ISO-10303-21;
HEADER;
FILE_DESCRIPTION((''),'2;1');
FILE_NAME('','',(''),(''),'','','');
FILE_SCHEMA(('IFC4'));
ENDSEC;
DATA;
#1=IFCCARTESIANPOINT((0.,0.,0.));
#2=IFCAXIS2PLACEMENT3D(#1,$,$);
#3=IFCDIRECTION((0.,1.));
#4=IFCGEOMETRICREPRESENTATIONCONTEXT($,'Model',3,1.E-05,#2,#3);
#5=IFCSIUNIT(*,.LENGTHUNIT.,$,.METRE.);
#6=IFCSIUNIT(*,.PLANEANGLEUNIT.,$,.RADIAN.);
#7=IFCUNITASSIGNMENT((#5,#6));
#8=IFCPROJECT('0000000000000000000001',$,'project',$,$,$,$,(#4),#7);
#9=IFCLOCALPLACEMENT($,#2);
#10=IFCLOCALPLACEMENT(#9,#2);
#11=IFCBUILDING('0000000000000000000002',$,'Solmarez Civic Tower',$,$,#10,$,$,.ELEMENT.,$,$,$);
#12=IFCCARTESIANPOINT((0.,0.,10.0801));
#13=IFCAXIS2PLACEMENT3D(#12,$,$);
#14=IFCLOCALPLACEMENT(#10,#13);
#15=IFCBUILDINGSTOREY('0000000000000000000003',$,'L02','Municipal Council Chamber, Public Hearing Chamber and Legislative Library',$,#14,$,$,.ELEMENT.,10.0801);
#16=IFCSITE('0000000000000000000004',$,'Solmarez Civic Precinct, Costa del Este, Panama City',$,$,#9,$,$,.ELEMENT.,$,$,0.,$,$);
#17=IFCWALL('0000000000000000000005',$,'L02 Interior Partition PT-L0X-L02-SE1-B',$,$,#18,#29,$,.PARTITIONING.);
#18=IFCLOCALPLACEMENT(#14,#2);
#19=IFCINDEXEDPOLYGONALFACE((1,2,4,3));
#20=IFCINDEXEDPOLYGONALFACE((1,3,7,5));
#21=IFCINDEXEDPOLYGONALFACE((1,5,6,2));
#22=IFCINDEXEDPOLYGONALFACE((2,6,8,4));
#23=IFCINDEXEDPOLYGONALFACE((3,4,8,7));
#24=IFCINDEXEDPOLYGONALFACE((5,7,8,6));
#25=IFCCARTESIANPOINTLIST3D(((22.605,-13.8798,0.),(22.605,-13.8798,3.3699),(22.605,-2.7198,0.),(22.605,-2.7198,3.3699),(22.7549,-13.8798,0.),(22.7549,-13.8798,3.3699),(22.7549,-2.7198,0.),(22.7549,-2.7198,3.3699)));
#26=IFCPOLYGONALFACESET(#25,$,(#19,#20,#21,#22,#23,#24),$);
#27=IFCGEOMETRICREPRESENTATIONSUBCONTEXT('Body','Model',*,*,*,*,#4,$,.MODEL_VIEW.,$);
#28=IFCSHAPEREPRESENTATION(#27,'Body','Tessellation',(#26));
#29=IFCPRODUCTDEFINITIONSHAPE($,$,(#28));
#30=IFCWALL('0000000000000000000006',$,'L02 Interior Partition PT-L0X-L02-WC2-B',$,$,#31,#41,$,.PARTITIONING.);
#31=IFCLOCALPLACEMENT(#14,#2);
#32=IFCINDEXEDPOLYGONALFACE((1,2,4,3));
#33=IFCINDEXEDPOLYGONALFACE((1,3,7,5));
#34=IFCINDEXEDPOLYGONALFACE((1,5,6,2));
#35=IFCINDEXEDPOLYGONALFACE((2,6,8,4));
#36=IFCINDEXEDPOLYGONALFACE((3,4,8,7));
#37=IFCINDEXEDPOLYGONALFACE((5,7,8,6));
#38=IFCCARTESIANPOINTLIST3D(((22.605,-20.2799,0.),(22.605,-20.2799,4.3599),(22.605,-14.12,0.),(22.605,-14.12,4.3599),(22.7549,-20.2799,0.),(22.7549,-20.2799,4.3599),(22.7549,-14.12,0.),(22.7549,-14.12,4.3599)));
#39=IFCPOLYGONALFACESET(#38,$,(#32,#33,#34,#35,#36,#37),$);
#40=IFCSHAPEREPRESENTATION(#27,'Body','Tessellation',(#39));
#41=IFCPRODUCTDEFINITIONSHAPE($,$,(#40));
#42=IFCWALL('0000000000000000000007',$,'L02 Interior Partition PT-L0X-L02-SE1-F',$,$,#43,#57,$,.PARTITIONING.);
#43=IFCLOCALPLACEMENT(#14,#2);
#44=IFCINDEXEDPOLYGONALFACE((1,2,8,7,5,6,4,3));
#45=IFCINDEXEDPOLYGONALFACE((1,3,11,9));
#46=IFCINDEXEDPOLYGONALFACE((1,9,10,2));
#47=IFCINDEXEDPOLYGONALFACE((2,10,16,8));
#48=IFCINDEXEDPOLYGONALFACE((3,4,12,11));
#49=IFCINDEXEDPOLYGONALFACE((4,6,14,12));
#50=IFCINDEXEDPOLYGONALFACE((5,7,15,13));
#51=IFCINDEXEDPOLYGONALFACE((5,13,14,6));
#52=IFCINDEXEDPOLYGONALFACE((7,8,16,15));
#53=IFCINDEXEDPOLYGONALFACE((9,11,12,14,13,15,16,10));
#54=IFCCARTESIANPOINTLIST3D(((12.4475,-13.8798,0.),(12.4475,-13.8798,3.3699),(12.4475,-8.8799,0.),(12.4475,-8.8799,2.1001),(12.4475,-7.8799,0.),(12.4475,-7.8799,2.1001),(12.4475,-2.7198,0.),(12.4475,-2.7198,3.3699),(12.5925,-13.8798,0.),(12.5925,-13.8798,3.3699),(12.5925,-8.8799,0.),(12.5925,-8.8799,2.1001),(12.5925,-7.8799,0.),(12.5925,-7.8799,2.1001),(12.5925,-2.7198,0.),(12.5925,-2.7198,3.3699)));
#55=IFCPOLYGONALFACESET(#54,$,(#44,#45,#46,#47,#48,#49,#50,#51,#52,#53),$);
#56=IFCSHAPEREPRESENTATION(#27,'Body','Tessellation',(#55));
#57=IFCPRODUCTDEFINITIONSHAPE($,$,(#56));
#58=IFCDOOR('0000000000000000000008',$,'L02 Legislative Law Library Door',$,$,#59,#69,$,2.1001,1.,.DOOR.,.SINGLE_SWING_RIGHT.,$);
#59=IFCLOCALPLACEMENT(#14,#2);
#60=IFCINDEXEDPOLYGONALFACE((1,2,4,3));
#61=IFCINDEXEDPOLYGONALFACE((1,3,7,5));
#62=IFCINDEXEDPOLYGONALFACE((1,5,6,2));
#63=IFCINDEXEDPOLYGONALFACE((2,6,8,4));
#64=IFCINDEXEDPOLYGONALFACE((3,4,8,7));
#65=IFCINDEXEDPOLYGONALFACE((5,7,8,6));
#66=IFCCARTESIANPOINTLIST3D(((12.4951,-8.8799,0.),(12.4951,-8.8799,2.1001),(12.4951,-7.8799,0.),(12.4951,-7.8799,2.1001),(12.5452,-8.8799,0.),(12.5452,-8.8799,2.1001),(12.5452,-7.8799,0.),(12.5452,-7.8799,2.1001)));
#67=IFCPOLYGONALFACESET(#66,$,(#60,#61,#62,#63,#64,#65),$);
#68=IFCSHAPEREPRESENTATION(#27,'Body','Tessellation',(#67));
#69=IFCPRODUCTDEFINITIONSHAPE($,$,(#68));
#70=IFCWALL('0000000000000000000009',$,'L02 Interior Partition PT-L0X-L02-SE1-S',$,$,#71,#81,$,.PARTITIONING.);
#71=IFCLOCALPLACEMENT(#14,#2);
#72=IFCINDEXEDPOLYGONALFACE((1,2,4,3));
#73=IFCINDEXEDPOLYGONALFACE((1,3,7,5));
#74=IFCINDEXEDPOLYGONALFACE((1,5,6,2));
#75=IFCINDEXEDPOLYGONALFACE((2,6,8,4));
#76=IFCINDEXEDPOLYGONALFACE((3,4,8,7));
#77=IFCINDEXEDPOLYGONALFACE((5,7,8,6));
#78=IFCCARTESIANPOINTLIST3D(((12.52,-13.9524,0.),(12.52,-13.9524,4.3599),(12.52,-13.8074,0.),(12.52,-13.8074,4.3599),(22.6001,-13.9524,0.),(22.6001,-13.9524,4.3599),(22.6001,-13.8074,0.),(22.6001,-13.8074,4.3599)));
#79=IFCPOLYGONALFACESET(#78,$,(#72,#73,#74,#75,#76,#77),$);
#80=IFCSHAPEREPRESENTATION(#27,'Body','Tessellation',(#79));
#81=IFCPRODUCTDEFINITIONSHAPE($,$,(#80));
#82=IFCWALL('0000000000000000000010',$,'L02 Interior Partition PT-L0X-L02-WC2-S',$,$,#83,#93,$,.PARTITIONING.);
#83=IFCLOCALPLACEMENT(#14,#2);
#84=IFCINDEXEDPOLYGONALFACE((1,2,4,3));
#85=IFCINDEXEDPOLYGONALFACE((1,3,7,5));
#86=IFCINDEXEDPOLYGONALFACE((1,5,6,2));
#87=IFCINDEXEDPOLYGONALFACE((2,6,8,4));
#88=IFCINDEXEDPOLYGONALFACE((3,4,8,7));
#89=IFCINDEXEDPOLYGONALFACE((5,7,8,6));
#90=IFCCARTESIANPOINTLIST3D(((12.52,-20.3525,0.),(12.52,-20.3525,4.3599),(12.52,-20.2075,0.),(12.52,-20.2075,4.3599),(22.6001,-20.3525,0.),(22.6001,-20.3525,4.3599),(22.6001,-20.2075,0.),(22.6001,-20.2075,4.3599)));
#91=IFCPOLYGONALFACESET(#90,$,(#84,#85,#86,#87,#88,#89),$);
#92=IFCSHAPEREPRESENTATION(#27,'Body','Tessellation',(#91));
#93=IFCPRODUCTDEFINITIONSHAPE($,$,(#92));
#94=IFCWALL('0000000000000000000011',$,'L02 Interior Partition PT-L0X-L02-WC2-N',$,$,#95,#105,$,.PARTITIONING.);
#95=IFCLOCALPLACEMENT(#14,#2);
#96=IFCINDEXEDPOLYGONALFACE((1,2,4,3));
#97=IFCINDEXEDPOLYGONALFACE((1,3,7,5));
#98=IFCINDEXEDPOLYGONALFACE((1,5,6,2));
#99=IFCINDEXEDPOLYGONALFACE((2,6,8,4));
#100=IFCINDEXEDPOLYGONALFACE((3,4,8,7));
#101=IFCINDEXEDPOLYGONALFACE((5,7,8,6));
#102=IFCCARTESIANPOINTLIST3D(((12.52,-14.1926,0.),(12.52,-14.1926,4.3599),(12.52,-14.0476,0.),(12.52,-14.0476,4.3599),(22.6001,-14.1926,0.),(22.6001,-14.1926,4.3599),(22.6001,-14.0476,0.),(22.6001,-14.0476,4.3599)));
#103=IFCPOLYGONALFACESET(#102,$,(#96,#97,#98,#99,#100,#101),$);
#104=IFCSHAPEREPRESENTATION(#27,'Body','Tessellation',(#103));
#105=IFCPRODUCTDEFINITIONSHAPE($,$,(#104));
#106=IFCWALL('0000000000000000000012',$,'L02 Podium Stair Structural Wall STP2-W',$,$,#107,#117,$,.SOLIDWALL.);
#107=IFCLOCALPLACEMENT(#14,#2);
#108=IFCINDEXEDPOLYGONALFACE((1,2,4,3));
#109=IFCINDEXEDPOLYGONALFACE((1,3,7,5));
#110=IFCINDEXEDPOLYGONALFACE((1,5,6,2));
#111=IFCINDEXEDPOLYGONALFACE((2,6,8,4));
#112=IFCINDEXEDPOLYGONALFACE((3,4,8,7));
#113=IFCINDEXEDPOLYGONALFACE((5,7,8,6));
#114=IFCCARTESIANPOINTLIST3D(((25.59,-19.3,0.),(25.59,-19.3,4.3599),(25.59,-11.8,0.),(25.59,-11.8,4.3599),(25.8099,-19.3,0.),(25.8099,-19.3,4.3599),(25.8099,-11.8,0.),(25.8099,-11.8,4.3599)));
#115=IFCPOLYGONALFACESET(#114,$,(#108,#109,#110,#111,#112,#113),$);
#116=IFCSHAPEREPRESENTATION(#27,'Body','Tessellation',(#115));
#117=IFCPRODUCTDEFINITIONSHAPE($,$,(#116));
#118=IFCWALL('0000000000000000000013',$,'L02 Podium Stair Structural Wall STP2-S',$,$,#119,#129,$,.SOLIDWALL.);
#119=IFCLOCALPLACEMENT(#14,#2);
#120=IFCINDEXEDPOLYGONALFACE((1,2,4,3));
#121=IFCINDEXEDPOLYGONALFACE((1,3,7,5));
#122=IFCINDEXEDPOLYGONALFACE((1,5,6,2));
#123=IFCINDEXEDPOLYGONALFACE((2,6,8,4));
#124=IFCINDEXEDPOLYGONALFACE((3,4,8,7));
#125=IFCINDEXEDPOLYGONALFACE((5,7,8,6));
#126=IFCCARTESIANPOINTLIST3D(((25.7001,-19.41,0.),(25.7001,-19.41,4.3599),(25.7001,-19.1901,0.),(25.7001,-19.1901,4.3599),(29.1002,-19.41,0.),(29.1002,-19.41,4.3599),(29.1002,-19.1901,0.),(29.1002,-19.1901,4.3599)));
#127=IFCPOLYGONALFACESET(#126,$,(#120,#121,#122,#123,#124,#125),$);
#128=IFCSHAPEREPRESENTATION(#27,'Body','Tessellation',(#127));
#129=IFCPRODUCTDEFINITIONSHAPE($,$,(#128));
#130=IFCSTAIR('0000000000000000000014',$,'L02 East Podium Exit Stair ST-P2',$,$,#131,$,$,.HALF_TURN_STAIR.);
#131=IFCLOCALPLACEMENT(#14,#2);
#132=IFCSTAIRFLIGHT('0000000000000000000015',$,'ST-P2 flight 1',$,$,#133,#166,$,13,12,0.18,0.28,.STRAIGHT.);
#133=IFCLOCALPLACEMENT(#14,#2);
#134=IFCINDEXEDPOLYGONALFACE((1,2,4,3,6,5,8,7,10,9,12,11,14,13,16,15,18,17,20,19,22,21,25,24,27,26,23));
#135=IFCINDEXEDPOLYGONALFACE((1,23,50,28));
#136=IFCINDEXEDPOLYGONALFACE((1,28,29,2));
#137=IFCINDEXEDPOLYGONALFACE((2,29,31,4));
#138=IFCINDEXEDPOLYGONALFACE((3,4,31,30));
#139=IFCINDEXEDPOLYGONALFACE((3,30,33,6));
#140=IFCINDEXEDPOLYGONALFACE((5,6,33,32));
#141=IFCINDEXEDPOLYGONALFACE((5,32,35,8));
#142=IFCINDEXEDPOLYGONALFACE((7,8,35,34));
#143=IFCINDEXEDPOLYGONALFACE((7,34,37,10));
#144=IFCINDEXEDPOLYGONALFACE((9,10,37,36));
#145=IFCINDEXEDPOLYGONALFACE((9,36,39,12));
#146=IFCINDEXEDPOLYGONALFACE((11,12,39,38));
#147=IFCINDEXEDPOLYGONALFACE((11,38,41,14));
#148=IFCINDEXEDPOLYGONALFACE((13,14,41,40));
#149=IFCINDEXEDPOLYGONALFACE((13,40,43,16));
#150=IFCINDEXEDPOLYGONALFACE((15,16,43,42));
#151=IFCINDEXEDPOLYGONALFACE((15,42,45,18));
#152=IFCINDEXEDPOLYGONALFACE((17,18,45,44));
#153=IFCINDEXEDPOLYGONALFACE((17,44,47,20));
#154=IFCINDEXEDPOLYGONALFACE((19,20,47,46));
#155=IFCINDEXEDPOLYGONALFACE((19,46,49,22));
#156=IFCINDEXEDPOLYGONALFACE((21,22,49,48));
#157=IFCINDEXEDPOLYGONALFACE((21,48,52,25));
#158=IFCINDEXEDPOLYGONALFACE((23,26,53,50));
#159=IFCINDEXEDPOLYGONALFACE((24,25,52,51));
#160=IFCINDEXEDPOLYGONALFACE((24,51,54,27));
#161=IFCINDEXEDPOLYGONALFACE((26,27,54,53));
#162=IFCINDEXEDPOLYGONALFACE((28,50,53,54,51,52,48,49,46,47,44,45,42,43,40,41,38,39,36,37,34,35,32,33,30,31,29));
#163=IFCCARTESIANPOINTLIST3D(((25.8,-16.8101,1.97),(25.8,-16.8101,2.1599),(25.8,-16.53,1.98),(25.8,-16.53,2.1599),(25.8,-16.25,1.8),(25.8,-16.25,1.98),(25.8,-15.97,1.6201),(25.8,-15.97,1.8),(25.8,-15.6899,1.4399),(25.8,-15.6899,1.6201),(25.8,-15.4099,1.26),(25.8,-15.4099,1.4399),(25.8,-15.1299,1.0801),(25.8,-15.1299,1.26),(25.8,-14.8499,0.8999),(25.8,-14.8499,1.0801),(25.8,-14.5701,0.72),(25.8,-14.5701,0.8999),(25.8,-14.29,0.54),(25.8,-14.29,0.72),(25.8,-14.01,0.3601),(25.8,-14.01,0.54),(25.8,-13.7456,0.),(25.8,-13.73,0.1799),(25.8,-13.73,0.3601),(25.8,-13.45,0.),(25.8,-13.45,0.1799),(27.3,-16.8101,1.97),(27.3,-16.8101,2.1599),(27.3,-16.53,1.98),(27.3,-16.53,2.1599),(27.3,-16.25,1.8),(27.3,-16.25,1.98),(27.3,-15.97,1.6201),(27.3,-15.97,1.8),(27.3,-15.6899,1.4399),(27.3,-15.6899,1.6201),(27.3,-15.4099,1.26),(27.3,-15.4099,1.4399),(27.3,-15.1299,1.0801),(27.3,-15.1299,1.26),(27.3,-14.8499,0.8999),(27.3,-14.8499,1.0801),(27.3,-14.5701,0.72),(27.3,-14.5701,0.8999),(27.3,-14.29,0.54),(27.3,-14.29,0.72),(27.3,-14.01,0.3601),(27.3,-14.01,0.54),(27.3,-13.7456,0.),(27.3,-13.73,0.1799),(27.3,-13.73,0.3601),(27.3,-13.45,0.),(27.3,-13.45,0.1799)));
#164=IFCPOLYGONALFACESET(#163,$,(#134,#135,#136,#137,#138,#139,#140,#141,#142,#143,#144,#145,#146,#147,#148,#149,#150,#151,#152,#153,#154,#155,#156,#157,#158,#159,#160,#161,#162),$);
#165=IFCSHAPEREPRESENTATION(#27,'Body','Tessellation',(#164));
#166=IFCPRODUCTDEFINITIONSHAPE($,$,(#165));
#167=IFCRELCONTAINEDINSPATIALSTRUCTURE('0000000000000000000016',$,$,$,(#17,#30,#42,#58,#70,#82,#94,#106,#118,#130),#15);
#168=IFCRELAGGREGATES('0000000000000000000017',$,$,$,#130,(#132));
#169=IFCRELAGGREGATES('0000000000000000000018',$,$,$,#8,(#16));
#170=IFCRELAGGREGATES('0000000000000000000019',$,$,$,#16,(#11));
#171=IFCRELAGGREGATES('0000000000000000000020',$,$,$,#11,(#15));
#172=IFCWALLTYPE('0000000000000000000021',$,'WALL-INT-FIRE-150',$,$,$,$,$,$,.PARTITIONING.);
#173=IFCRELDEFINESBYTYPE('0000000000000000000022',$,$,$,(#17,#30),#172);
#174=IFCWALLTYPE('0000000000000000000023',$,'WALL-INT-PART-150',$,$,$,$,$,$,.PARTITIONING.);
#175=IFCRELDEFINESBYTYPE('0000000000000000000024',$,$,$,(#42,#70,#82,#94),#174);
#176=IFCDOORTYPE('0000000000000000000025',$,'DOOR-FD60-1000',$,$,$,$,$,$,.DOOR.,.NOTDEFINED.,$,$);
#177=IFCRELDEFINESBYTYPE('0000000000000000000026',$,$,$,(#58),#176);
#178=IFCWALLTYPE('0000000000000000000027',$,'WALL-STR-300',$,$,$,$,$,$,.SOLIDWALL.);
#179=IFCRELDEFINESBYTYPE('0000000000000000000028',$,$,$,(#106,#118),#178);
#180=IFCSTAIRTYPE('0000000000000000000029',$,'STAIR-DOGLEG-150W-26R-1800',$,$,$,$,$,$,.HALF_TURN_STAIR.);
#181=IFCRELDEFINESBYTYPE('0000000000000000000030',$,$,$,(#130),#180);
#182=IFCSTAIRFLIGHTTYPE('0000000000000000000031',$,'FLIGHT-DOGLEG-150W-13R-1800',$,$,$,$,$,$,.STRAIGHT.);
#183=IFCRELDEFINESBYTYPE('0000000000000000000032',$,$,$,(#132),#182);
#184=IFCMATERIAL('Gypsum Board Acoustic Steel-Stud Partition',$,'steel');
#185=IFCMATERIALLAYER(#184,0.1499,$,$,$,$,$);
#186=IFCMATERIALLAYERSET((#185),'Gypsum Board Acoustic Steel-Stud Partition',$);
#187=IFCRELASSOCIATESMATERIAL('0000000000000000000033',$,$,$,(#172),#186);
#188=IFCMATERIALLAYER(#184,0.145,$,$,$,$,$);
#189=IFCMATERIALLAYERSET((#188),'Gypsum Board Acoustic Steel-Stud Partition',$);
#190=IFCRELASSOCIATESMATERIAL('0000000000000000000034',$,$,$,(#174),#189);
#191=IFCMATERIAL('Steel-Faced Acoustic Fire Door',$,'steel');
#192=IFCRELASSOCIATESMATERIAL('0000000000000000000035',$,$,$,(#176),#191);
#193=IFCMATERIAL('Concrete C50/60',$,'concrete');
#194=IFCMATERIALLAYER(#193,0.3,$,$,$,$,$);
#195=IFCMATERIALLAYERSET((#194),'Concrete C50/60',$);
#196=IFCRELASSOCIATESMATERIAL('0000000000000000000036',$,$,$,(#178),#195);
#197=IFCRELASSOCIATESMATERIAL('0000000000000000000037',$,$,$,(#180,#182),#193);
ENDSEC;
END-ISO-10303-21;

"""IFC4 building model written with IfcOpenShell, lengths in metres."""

from ifc_helpers import new_model, si_unit, direction, frame, frame_2d, origin, place, context, subcontext, project, spatial, polyline, rectangle, outline, extrude, material, layer, layer_set, type_object, element, fill, aggregate, save


model = new_model("IFC4")

# Units and contexts
model_context = context("Model", 3, precision=1e-05, world=origin(), true_north=direction((0.0, 1.0)))
body_context = subcontext(model_context, "Body", "Model", "MODEL_VIEW")
ifc_project = project(units=[si_unit("LENGTHUNIT", "METRE"), si_unit("PLANEANGLEUNIT", "RADIAN")], contexts=[model_context])

# Site, building, storey
site_placement = place(None, origin())
site = spatial("IfcSite", under=ifc_project, at=site_placement, Name="Solmarez Civic Precinct, Costa del Este, Panama City", CompositionType="ELEMENT", RefElevation=0.0)
building_placement = place(site_placement, origin())
building = spatial("IfcBuilding", under=site, at=building_placement, Name="Solmarez Civic Tower", CompositionType="ELEMENT")
storey_placement = place(building_placement, frame((0.0, 0.0, 10.0801)))
storey = spatial("IfcBuildingStorey", under=building, at=storey_placement, Name="L02", Description="Municipal Council Chamber, Public Hearing Chamber and Legislative Library", CompositionType="ELEMENT", Elevation=10.0801)

# Shared definitions
ifc_material_1 = material(Name="Concrete C50/60", Category="concrete")

# Walls
ifc_material_2 = material(Name="Gypsum Board Acoustic Steel-Stud Partition", Category="steel")
ifc_layer_1 = layer(ifc_material_2, 0.1499)
ifc_layer_set_1 = layer_set([ifc_layer_1], Name="Gypsum Board Acoustic Steel-Stud Partition")
wall_type_1 = type_object("IfcWallType", Name="WALL-INT-FIRE-150", PredefinedType="PARTITIONING", material=ifc_layer_set_1)
wall_1_placement = place(storey_placement, frame((22.6799, -13.8799, 0.0), z_axis=(0.0, 0.0, 1.0), x_axis=(0.0, 1.0, 0.0)))
element("IfcWall", 1, at=wall_1_placement, inside=storey, type_object=wall_type_1, Name="L02 Interior Partition PT-L0X-L02-SE1-B", PredefinedType="PARTITIONING", context=body_context, shape_type="SweptSolid", body=[
    extrude(rectangle(XDim=11.1599, YDim=0.1499, at=frame_2d((5.5801, 0.0))), origin(), (0.0, 0.0, 1.0), 3.3699),
])
wall_2_placement = place(storey_placement, frame((22.6799, -20.28, 0.0), z_axis=(0.0, 0.0, 1.0), x_axis=(0.0, 1.0, 0.0)))
element("IfcWall", 2, at=wall_2_placement, inside=storey, type_object=wall_type_1, Name="L02 Interior Partition PT-L0X-L02-WC2-B", PredefinedType="PARTITIONING", context=body_context, shape_type="SweptSolid", body=[
    extrude(rectangle(XDim=6.1599, YDim=0.1499, at=frame_2d((3.0801, 0.0))), origin(), (0.0, 0.0, 1.0), 4.3599),
])

# Wall, opening, door
ifc_layer_2 = layer(ifc_material_2, 0.145)
ifc_layer_set_2 = layer_set([ifc_layer_2], Name="Gypsum Board Acoustic Steel-Stud Partition")
wall_type_2 = type_object("IfcWallType", Name="WALL-INT-PART-150", PredefinedType="PARTITIONING", material=ifc_layer_set_2)
wall_3_placement = place(storey_placement, frame((12.52, -13.8799, 0.0), z_axis=(0.0, 0.0, 1.0), x_axis=(0.0, 1.0, 0.0)))
wall_3 = element("IfcWall", 3, at=wall_3_placement, inside=storey, type_object=wall_type_2, Name="L02 Interior Partition PT-L0X-L02-SE1-F", PredefinedType="PARTITIONING", context=body_context, shape_type="SweptSolid", body=[
    extrude(rectangle(XDim=11.1599, YDim=0.145, at=frame_2d((5.5801, 0.0))), origin(), (0.0, 0.0, 1.0), 3.3699),
])
opening_placement = place(wall_3_placement, frame((5.0, 0.0, 0.0)))
opening = element("IfcOpeningElement", 4, at=opening_placement, cuts=wall_3, PredefinedType="OPENING", context=body_context, shape_type="SweptSolid", body=[
    extrude(rectangle(XDim=1.0, YDim=2.1001, at=frame_2d((0.5, 1.05))), frame((0.0, 0.0825, 0.0), z_axis=(0.0, -1.0, 0.0), x_axis=(1.0, 0.0, 0.0)), (0.0, 0.0, 1.0), 0.165),
])
ifc_material_3 = material(Name="Steel-Faced Acoustic Fire Door", Category="steel")
door_type = type_object("IfcDoorType", Name="DOOR-FD60-1000", OperationType="NOTDEFINED", PredefinedType="DOOR", material=ifc_material_3)
door_placement = place(opening_placement, origin())
door = element("IfcDoor", 5, at=door_placement, inside=storey, type_object=door_type, Name="L02 Legislative Law Library Door", OperationType="SINGLE_SWING_RIGHT", OverallHeight=2.1001, OverallWidth=1.0, PredefinedType="DOOR", context=body_context, shape_type="SweptSolid", body=[
    extrude(rectangle(XDim=1.0, YDim=2.1001, at=frame_2d((0.5, 1.05))), frame((0.0, 0.0249, 0.0), z_axis=(0.0, -1.0, 0.0), x_axis=(1.0, 0.0, 0.0)), (0.0, 0.0, 1.0), 0.05),
])
fill(opening, door)

# Walls
for number, where, z_axis, x_axis, name in (
    (6, (12.52, -13.8799, 0.0), (0.0, 0.0, 1.0), (1.0, 0.0, 0.0), "L02 Interior Partition PT-L0X-L02-SE1-S"),
    (7, (12.52, -20.28, 0.0), (0.0, 0.0, 1.0), (1.0, 0.0, 0.0), "L02 Interior Partition PT-L0X-L02-WC2-S"),
    (8, (12.52, -14.1201, 0.0), (0.0, 0.0, 1.0), (1.0, 0.0, 0.0), "L02 Interior Partition PT-L0X-L02-WC2-N"),
):
    element("IfcWall", number, at=place(storey_placement, frame(where, z_axis=z_axis, x_axis=x_axis)), inside=storey, type_object=wall_type_2, Name=name, PredefinedType="PARTITIONING", context=body_context, shape_type="SweptSolid", body=[
        extrude(rectangle(XDim=10.0801, YDim=0.145, at=frame_2d((5.04, 0.0))), origin(), (0.0, 0.0, 1.0), 4.3599),
    ])
ifc_layer_3 = layer(ifc_material_1, 0.3)
ifc_layer_set_3 = layer_set([ifc_layer_3], Name="Concrete C50/60")
wall_type_3 = type_object("IfcWallType", Name="WALL-STR-300", PredefinedType="SOLIDWALL", material=ifc_layer_set_3)
wall_4_placement = place(storey_placement, frame((25.7, -19.3, 0.0), z_axis=(0.0, 0.0, 1.0), x_axis=(0.0, 1.0, 0.0)))
element("IfcWall", 9, at=wall_4_placement, inside=storey, type_object=wall_type_3, Name="L02 Podium Stair Structural Wall STP2-W", PredefinedType="SOLIDWALL", context=body_context, shape_type="SweptSolid", body=[
    extrude(rectangle(XDim=7.5, YDim=0.22, at=frame_2d((3.75, 0.0))), origin(), (0.0, 0.0, 1.0), 4.3599),
])
wall_5_placement = place(storey_placement, frame((25.7, -19.3, 0.0), z_axis=(0.0, 0.0, 1.0), x_axis=(1.0, 0.0, 0.0)))
element("IfcWall", 10, at=wall_5_placement, inside=storey, type_object=wall_type_3, Name="L02 Podium Stair Structural Wall STP2-S", PredefinedType="SOLIDWALL", context=body_context, shape_type="SweptSolid", body=[
    extrude(rectangle(XDim=3.4001, YDim=0.22, at=frame_2d((1.7002, 0.0))), origin(), (0.0, 0.0, 1.0), 4.3599),
])

# Stair, stair flight
stair_type = type_object("IfcStairType", Name="STAIR-DOGLEG-150W-26R-1800", PredefinedType="HALF_TURN_STAIR", material=ifc_material_1)
stair_placement = place(storey_placement, origin())
stair = element("IfcStair", 11, at=stair_placement, inside=storey, type_object=stair_type, Name="L02 East Podium Exit Stair ST-P2", PredefinedType="HALF_TURN_STAIR")
stair_flight_type = type_object("IfcStairFlightType", Name="FLIGHT-DOGLEG-150W-13R-1800", PredefinedType="STRAIGHT", material=ifc_material_1)
stair_flight_placement = place(storey_placement, frame((26.55, -13.45, 0.0), z_axis=(0.0, 0.0, 1.0), x_axis=(0.0, -1.0, 0.0)))
stair_flight = element("IfcStairFlight", 12, at=stair_flight_placement, type_object=stair_flight_type, Name="ST-P2 flight 1", NumberOfRisers=13, NumberOfTreads=12, PredefinedType="STRAIGHT", RiserHeight=0.18, TreadLength=0.28, context=body_context, shape_type="SweptSolid", body=[
    extrude(outline(polyline([(0.0, 0.0), (0.0, 0.1799), (0.28, 0.1799), (0.28, 0.3601), (0.5601, 0.3601), (0.5601, 0.54), (0.8401, 0.54), (0.8401, 0.72), (1.1201, 0.72), (1.1201, 0.8999), (1.3999, 0.8999), (1.3999, 1.0801), (1.6799, 1.0801), (1.6799, 1.26), (1.96, 1.26), (1.96, 1.4399), (2.24, 1.4399), (2.24, 1.6201), (2.52, 1.6201), (2.52, 1.8), (2.8, 1.8), (2.8, 1.98), (3.0801, 1.98), (3.0801, 2.1599), (3.3601, 2.1599), (3.3601, 2.3401), (3.3601, 1.97), (0.2957, 0.0), (0.0, 0.0)])), frame((0.0, 0.75, 0.0), z_axis=(0.0, -1.0, 0.0), x_axis=(1.0, 0.0, 0.0)), (0.0, 0.0, 1.0), 1.5),
])
aggregate(stair, [stair_flight])

save(model, "model.ifc")
